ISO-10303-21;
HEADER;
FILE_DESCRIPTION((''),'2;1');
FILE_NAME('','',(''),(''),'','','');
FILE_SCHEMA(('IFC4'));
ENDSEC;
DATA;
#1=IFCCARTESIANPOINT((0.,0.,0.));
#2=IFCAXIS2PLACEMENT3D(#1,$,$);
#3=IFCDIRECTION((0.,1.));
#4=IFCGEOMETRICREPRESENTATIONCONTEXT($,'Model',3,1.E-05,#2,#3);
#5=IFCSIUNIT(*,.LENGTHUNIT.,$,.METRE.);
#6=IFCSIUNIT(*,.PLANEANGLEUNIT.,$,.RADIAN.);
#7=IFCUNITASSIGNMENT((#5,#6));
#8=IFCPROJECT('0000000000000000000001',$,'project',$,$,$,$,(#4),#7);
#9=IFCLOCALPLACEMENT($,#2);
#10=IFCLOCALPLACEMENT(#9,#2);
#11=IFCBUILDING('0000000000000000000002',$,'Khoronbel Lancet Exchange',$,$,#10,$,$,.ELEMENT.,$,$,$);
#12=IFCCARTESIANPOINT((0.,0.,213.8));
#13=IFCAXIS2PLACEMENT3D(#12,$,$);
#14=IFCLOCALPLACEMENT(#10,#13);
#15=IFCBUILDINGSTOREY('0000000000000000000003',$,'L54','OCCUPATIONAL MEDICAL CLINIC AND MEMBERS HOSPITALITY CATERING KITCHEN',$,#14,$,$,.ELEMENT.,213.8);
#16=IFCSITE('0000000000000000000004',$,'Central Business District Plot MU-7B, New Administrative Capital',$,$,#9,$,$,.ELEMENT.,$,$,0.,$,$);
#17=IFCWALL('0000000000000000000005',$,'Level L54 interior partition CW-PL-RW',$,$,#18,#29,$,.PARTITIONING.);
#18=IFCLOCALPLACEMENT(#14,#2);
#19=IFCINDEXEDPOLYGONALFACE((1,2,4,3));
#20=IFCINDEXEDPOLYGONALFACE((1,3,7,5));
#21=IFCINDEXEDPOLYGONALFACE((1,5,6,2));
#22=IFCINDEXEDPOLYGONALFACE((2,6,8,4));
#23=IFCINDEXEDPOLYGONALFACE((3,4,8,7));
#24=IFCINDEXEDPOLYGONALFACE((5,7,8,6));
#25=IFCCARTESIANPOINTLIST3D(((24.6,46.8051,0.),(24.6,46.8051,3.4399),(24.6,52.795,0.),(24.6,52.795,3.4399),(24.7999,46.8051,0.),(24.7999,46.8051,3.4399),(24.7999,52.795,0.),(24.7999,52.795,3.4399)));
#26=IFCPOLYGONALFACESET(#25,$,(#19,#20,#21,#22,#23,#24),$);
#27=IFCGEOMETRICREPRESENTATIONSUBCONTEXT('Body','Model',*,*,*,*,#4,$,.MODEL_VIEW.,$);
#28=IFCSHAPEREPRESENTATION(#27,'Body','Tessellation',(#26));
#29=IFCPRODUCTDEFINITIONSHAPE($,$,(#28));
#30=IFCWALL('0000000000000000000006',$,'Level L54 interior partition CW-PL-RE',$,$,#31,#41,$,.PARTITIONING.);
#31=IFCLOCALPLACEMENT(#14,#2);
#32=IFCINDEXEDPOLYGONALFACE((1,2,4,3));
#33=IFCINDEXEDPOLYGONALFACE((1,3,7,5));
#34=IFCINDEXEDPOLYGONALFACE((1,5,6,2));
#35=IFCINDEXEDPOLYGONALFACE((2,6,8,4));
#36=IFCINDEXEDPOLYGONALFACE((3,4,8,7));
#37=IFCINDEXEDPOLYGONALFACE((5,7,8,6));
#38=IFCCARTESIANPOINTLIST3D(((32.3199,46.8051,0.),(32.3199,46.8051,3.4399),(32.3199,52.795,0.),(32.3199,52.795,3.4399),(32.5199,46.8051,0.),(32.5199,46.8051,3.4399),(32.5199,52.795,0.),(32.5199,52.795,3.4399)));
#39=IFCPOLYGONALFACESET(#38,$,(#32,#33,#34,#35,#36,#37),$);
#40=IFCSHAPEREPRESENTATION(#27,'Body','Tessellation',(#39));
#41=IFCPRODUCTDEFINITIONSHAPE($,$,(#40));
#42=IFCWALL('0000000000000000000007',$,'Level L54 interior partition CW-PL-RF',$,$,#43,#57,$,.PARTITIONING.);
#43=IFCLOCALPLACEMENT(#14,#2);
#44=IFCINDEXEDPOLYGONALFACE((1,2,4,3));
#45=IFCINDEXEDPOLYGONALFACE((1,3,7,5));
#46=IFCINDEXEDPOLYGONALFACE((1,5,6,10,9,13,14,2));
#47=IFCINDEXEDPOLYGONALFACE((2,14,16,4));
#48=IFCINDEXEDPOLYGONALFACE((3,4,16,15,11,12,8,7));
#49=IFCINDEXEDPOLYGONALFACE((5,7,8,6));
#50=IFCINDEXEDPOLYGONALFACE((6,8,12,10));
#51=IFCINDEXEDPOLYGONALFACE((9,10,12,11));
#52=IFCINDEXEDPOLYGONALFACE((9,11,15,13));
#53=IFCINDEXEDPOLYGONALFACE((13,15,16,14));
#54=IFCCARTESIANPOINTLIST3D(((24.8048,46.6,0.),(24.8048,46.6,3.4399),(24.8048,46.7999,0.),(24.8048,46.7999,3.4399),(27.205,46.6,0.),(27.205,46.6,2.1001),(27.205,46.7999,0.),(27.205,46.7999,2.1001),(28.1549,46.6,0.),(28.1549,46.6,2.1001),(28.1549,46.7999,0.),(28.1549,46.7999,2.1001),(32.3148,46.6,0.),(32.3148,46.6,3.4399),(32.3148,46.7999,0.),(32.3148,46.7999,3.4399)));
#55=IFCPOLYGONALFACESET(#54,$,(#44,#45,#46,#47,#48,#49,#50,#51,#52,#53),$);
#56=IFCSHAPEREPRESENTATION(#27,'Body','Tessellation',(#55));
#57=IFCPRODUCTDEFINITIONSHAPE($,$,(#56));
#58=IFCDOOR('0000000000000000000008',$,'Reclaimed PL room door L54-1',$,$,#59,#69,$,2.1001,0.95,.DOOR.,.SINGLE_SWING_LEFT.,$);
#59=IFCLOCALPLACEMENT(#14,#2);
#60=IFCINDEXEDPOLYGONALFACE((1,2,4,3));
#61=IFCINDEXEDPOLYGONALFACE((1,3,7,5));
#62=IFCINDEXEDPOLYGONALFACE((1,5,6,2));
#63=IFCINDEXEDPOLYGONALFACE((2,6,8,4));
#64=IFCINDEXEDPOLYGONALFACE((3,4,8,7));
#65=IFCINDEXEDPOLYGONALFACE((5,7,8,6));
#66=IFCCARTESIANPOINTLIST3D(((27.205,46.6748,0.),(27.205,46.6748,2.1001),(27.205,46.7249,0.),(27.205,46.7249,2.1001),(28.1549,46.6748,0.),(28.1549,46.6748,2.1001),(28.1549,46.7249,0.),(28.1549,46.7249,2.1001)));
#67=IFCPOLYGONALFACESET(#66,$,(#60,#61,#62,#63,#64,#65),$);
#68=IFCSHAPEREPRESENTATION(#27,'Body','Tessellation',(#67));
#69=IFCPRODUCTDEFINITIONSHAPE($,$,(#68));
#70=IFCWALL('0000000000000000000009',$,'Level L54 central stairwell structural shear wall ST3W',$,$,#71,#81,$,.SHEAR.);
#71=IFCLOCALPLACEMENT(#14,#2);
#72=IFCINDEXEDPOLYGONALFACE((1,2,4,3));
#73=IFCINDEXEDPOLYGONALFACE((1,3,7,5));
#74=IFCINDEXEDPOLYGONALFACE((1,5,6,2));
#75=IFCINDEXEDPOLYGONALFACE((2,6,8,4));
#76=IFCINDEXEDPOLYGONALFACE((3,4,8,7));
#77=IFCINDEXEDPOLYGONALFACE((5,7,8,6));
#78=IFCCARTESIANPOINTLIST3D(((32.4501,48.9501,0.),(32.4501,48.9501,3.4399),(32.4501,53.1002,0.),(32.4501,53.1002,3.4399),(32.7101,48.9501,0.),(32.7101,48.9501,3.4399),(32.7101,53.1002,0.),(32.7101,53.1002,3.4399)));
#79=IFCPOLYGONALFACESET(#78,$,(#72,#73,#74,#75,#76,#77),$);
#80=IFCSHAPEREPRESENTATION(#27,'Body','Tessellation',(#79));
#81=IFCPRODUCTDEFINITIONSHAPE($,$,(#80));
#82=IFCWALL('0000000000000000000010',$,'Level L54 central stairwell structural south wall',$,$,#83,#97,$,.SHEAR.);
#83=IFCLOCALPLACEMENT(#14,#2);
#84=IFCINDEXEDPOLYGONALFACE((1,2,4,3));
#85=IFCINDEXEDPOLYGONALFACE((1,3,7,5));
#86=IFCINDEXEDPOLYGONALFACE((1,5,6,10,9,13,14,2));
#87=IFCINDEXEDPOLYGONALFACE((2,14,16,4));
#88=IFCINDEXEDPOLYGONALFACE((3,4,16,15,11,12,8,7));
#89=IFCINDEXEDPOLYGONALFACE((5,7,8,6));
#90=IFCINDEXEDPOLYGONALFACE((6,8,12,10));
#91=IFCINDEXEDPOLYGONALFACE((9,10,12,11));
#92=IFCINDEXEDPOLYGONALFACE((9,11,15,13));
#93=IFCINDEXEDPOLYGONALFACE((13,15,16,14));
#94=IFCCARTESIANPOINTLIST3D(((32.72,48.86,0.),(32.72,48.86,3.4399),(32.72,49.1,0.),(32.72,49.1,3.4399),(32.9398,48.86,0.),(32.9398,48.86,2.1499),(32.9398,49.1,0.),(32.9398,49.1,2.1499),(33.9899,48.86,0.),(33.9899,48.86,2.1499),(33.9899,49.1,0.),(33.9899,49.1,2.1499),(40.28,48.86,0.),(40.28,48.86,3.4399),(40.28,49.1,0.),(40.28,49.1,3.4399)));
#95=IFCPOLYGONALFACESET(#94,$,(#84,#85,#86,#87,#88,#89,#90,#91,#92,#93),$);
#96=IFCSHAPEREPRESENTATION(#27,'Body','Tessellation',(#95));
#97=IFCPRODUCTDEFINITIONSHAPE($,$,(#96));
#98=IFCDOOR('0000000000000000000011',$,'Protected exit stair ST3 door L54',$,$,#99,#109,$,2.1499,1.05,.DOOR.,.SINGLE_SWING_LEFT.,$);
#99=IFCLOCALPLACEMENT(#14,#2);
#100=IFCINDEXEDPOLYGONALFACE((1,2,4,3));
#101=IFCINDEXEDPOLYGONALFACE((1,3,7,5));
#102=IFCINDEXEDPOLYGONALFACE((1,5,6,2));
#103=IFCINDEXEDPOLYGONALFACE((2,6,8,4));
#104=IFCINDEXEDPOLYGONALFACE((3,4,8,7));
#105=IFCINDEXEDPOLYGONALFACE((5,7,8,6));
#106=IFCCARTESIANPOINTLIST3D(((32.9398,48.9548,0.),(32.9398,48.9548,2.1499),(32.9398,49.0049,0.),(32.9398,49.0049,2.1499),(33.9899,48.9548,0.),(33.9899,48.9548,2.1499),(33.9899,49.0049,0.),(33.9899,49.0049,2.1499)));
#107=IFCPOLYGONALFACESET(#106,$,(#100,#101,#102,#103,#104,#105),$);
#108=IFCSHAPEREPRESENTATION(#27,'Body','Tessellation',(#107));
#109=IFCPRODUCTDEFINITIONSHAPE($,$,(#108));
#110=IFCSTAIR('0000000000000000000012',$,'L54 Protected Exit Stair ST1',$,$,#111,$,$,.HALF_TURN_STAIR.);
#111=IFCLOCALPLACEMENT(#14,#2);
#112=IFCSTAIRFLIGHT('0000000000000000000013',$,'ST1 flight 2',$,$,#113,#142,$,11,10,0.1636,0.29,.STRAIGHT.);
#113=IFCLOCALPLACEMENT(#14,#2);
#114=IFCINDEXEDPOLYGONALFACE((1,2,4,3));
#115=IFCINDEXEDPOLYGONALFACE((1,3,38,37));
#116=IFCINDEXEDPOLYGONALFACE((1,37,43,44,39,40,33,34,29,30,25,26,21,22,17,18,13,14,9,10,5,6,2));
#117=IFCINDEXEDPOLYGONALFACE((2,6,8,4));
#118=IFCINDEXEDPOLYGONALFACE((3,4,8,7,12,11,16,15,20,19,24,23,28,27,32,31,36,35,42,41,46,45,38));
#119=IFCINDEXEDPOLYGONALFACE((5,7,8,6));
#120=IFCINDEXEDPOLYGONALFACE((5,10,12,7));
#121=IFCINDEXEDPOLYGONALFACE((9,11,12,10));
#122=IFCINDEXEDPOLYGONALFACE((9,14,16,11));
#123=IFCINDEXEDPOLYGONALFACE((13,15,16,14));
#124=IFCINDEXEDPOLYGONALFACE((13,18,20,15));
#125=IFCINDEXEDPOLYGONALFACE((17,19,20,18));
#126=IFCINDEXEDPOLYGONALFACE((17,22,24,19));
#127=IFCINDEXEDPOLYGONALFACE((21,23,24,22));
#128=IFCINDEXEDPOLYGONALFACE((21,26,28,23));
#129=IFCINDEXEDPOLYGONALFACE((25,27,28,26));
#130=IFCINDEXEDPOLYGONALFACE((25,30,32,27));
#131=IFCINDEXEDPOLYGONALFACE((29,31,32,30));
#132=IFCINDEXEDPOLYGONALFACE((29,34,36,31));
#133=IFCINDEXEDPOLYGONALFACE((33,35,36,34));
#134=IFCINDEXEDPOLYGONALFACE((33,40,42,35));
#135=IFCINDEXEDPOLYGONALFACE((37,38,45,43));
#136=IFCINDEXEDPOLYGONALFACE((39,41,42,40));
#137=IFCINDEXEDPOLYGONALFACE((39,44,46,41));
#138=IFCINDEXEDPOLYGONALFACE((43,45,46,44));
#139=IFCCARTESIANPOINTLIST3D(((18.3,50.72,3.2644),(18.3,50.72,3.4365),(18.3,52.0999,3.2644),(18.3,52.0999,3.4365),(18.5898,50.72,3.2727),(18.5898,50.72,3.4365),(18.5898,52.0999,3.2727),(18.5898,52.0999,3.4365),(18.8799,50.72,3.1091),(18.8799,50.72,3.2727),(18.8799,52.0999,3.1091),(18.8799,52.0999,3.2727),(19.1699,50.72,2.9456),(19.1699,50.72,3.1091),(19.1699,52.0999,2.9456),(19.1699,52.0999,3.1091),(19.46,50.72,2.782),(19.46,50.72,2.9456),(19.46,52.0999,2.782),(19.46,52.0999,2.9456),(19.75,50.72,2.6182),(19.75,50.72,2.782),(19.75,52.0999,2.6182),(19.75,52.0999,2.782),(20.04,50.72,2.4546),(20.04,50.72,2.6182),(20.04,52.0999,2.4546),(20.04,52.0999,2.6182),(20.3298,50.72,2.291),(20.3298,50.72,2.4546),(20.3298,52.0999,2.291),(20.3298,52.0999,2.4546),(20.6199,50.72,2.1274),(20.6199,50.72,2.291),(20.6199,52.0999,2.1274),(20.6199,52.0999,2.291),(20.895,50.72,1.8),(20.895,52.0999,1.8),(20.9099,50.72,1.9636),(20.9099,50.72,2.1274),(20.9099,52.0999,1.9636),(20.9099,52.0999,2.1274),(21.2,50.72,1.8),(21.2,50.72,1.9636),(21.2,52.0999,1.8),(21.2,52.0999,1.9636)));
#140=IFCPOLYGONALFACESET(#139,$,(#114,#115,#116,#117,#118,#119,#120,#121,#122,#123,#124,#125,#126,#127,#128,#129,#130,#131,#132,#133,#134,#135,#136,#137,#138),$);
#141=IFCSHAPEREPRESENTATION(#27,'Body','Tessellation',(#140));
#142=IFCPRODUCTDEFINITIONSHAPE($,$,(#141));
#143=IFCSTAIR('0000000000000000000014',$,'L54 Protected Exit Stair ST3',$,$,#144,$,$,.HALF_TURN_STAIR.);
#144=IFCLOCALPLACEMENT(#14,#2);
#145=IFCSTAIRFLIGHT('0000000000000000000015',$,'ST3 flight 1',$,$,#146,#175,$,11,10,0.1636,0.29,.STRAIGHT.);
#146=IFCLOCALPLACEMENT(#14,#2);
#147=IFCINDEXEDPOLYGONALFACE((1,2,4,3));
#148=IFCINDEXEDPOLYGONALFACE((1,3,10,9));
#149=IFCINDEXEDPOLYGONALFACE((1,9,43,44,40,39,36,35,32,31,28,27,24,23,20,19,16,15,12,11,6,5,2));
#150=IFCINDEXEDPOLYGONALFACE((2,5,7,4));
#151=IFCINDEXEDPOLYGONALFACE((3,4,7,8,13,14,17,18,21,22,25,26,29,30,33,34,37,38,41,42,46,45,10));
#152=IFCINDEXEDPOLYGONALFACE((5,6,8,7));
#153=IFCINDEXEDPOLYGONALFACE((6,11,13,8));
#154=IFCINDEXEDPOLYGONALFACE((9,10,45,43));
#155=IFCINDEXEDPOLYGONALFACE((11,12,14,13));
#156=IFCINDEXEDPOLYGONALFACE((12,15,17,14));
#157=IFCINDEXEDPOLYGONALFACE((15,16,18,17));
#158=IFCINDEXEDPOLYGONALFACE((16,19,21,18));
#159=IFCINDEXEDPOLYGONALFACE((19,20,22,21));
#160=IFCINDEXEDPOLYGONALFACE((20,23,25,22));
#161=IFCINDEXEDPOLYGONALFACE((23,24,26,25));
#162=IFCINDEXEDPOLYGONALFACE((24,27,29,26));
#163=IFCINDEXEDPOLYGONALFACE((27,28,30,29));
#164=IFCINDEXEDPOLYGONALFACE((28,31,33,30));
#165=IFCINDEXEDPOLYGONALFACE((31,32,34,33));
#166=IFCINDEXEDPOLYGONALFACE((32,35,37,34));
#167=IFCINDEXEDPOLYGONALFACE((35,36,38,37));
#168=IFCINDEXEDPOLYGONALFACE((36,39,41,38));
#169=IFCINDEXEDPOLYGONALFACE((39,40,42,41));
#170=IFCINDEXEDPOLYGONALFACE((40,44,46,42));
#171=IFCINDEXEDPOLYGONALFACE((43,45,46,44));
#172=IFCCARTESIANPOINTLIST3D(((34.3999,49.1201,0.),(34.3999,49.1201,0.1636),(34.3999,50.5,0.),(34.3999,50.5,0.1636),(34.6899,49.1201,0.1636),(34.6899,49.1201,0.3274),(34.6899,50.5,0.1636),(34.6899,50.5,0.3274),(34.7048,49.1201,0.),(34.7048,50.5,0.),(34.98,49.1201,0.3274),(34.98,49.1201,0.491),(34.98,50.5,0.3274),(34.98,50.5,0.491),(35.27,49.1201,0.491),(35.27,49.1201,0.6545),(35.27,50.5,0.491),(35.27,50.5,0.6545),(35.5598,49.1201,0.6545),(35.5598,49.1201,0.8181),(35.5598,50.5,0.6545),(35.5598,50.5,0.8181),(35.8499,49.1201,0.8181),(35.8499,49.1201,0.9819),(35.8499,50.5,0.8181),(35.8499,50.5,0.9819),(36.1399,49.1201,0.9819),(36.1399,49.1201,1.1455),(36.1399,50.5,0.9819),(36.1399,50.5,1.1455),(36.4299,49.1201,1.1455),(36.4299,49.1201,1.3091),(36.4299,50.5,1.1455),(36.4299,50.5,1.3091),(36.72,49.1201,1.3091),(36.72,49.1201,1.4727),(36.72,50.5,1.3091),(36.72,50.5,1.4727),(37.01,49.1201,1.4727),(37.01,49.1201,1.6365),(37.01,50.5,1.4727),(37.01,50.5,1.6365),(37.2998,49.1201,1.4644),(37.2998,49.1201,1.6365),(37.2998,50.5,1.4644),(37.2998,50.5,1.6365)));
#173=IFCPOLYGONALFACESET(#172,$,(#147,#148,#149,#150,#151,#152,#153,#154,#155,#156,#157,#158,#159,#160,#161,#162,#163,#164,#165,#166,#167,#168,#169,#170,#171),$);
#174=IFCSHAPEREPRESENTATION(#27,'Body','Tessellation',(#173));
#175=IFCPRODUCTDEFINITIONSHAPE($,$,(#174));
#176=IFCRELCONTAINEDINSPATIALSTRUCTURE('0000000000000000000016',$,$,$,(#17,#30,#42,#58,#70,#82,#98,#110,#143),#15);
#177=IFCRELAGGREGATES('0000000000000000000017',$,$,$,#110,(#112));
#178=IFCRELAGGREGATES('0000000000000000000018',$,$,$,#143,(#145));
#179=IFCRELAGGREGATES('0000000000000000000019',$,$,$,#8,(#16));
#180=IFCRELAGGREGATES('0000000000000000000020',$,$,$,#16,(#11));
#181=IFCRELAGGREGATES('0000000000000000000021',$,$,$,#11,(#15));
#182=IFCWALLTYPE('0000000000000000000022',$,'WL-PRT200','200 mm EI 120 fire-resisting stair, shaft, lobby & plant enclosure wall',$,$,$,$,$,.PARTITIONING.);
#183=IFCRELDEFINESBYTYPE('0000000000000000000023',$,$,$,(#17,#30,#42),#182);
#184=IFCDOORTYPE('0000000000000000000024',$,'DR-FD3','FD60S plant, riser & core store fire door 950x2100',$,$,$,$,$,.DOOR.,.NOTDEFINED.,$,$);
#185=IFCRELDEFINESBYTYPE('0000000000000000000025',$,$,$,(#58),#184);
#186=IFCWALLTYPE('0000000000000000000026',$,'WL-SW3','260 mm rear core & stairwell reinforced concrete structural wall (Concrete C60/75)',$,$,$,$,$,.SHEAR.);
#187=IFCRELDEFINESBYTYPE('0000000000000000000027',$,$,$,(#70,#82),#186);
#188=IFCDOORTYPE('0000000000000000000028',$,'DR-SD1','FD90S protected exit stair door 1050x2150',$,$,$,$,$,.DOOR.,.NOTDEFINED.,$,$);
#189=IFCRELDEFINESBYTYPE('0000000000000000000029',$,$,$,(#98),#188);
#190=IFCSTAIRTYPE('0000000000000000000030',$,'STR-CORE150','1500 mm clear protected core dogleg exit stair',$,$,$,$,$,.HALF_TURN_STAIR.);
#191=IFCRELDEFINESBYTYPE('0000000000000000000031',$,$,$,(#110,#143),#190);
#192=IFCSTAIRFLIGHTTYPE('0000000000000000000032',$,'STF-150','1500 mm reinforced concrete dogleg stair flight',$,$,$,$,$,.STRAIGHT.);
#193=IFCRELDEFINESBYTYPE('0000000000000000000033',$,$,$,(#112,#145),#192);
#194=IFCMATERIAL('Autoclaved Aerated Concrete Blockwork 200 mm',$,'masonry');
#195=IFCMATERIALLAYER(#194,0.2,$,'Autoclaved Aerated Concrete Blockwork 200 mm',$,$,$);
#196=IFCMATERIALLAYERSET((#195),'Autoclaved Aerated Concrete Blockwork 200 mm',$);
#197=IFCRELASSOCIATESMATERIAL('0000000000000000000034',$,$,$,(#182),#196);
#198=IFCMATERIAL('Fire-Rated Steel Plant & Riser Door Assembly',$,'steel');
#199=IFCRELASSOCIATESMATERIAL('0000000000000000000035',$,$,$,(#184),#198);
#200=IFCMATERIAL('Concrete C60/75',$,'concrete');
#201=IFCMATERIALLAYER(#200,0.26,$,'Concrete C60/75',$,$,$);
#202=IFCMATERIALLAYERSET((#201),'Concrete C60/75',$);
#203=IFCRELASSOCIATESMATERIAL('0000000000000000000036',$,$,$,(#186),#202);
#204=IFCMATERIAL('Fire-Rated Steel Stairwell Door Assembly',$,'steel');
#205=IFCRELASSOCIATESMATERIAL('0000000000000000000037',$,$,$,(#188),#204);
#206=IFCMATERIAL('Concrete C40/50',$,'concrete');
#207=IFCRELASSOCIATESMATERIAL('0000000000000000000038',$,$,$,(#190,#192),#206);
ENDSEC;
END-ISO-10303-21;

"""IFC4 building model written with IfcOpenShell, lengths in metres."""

from ifc_helpers import new_model, si_unit, direction, frame, frame_2d, origin, place, context, subcontext, project, spatial, polyline, rectangle, outline, extrude, material, layer, layer_set, type_object, element, fill, aggregate, save


model = new_model("IFC4")

# Units and contexts
model_context = context("Model", 3, precision=1e-05, world=origin(), true_north=direction((0.0, 1.0)))
body_context = subcontext(model_context, "Body", "Model", "MODEL_VIEW")
ifc_project = project(units=[si_unit("LENGTHUNIT", "METRE"), si_unit("PLANEANGLEUNIT", "RADIAN")], contexts=[model_context])

# Site, building, storey
site_placement = place(None, origin())
site = spatial("IfcSite", under=ifc_project, at=site_placement, Name="Central Business District Plot MU-7B, New Administrative Capital", CompositionType="ELEMENT", RefElevation=0.0)
building_placement = place(site_placement, origin())
building = spatial("IfcBuilding", under=site, at=building_placement, Name="Khoronbel Lancet Exchange", CompositionType="ELEMENT")
storey_placement = place(building_placement, frame((0.0, 0.0, 213.8)))
storey = spatial("IfcBuildingStorey", under=building, at=storey_placement, Name="L54", Description="OCCUPATIONAL MEDICAL CLINIC AND MEMBERS HOSPITALITY CATERING KITCHEN", CompositionType="ELEMENT", Elevation=213.8)

# Shared definitions
ifc_material_1 = material(Name="Autoclaved Aerated Concrete Blockwork 200 mm", Category="masonry")
ifc_layer_1 = layer(ifc_material_1, 0.2, Name="Autoclaved Aerated Concrete Blockwork 200 mm")
ifc_layer_set_1 = layer_set([ifc_layer_1], Name="Autoclaved Aerated Concrete Blockwork 200 mm")
wall_type_1 = type_object("IfcWallType", Name="WL-PRT200", Description="200 mm EI 120 fire-resisting stair, shaft, lobby & plant enclosure wall", PredefinedType="PARTITIONING", material=ifc_layer_set_1)

# Walls
for number, where, z_axis, x_axis, name in (
    (1, (24.7, 46.8049, 0.0), (0.0, 0.0, 1.0), (0.0, 1.0, 0.0), "Level L54 interior partition CW-PL-RW"),
    (2, (32.4199, 46.8049, 0.0), (0.0, 0.0, 1.0), (0.0, 1.0, 0.0), "Level L54 interior partition CW-PL-RE"),
):
    element("IfcWall", number, at=place(storey_placement, frame(where, z_axis=z_axis, x_axis=x_axis)), inside=storey, type_object=wall_type_1, Name=name, PredefinedType="PARTITIONING", context=body_context, shape_type="SweptSolid", body=[
        extrude(rectangle(XDim=5.99, YDim=0.2, at=frame_2d((2.9951, 0.0))), origin(), (0.0, 0.0, 1.0), 3.4399),
    ])

# Wall, opening, door
wall_1_placement = place(storey_placement, frame((24.8049, 46.7, 0.0), z_axis=(0.0, 0.0, 1.0), x_axis=(1.0, 0.0, 0.0)))
wall_1 = element("IfcWall", 3, at=wall_1_placement, inside=storey, type_object=wall_type_1, Name="Level L54 interior partition CW-PL-RF", PredefinedType="PARTITIONING", context=body_context, shape_type="SweptSolid", body=[
    extrude(rectangle(XDim=7.51, YDim=0.2, at=frame_2d((3.7549, 0.0))), origin(), (0.0, 0.0, 1.0), 3.4399),
])
opening_1_placement = place(wall_1_placement, frame((2.3999, 0.0, 0.0)))
opening_1 = element("IfcOpeningElement", 4, at=opening_1_placement, cuts=wall_1, PredefinedType="OPENING", context=body_context, shape_type="SweptSolid", body=[
    extrude(rectangle(XDim=0.95, YDim=2.1001, at=frame_2d((0.4751, 1.05))), frame((0.0, 0.1099, 0.0), z_axis=(0.0, -1.0, 0.0), x_axis=(1.0, 0.0, 0.0)), (0.0, 0.0, 1.0), 0.22),
])
ifc_material_2 = material(Name="Fire-Rated Steel Plant & Riser Door Assembly", Category="steel")
door_type_1 = type_object("IfcDoorType", Name="DR-FD3", Description="FD60S plant, riser & core store fire door 950x2100", OperationType="NOTDEFINED", PredefinedType="DOOR", material=ifc_material_2)
door_1_placement = place(opening_1_placement, origin())
door_1 = element("IfcDoor", 5, at=door_1_placement, inside=storey, type_object=door_type_1, Name="Reclaimed PL room door L54-1", OperationType="SINGLE_SWING_LEFT", OverallHeight=2.1001, OverallWidth=0.95, PredefinedType="DOOR", context=body_context, shape_type="SweptSolid", body=[
    extrude(rectangle(XDim=0.95, YDim=2.1001, at=frame_2d((0.4751, 1.05))), frame((0.0, 0.0249, 0.0), z_axis=(0.0, -1.0, 0.0), x_axis=(1.0, 0.0, 0.0)), (0.0, 0.0, 1.0), 0.05),
])
fill(opening_1, door_1)

# Wall
ifc_material_3 = material(Name="Concrete C60/75", Category="concrete")
ifc_layer_2 = layer(ifc_material_3, 0.26, Name="Concrete C60/75")
ifc_layer_set_2 = layer_set([ifc_layer_2], Name="Concrete C60/75")
wall_type_2 = type_object("IfcWallType", Name="WL-SW3", Description="260 mm rear core & stairwell reinforced concrete structural wall (Concrete C60/75)", PredefinedType="SHEAR", material=ifc_layer_set_2)
wall_2_placement = place(storey_placement, frame((32.5801, 48.95, 0.0), z_axis=(0.0, 0.0, 1.0), x_axis=(0.0, 1.0, 0.0)))
element("IfcWall", 6, at=wall_2_placement, inside=storey, type_object=wall_type_2, Name="Level L54 central stairwell structural shear wall ST3W", PredefinedType="SHEAR", context=body_context, shape_type="SweptSolid", body=[
    extrude(rectangle(XDim=4.1501, YDim=0.26, at=frame_2d((2.0752, 0.0))), origin(), (0.0, 0.0, 1.0), 3.4399),
])

# Wall, opening, door
wall_3_placement = place(storey_placement, frame((32.72, 48.98, 0.0), z_axis=(0.0, 0.0, 1.0), x_axis=(1.0, 0.0, 0.0)))
wall_3 = element("IfcWall", 7, at=wall_3_placement, inside=storey, type_object=wall_type_2, Name="Level L54 central stairwell structural south wall", PredefinedType="SHEAR", context=body_context, shape_type="SweptSolid", body=[
    extrude(rectangle(XDim=7.5601, YDim=0.24, at=frame_2d((3.78, 0.0))), origin(), (0.0, 0.0, 1.0), 3.4399),
])
opening_2_placement = place(wall_3_placement, frame((0.22, 0.0, 0.0)))
opening_2 = element("IfcOpeningElement", 8, at=opening_2_placement, cuts=wall_3, PredefinedType="OPENING", context=body_context, shape_type="SweptSolid", body=[
    extrude(rectangle(XDim=1.05, YDim=2.1499, at=frame_2d((0.5249, 1.075))), frame((0.0, 0.1299, 0.0), z_axis=(0.0, -1.0, 0.0), x_axis=(1.0, 0.0, 0.0)), (0.0, 0.0, 1.0), 0.26),
])
ifc_material_4 = material(Name="Fire-Rated Steel Stairwell Door Assembly", Category="steel")
door_type_2 = type_object("IfcDoorType", Name="DR-SD1", Description="FD90S protected exit stair door 1050x2150", OperationType="NOTDEFINED", PredefinedType="DOOR", material=ifc_material_4)
door_2_placement = place(opening_2_placement, origin())
door_2 = element("IfcDoor", 9, at=door_2_placement, inside=storey, type_object=door_type_2, Name="Protected exit stair ST3 door L54", OperationType="SINGLE_SWING_LEFT", OverallHeight=2.1499, OverallWidth=1.05, PredefinedType="DOOR", context=body_context, shape_type="SweptSolid", body=[
    extrude(rectangle(XDim=1.05, YDim=2.1499, at=frame_2d((0.5249, 1.075))), frame((0.0, 0.0249, 0.0), z_axis=(0.0, -1.0, 0.0), x_axis=(1.0, 0.0, 0.0)), (0.0, 0.0, 1.0), 0.05),
])
fill(opening_2, door_2)

# Stairs, stair flights
ifc_material_5 = material(Name="Concrete C40/50", Category="concrete")
stair_type = type_object("IfcStairType", Name="STR-CORE150", Description="1500 mm clear protected core dogleg exit stair", PredefinedType="HALF_TURN_STAIR", material=ifc_material_5)
stair_1_placement = place(storey_placement, origin())
stair_1 = element("IfcStair", 10, at=stair_1_placement, inside=storey, type_object=stair_type, Name="L54 Protected Exit Stair ST1", PredefinedType="HALF_TURN_STAIR")
stair_flight_type = type_object("IfcStairFlightType", Name="STF-150", Description="1500 mm reinforced concrete dogleg stair flight", PredefinedType="STRAIGHT", material=ifc_material_5)
stair_flight_1_placement = place(storey_placement, frame((21.2, 51.4099, 1.8), z_axis=(0.0, 0.0, 1.0), x_axis=(-1.0, 0.0, 0.0)))
stair_flight_1 = element("IfcStairFlight", 11, at=stair_flight_1_placement, type_object=stair_flight_type, Name="ST1 flight 2", NumberOfRisers=11, NumberOfTreads=10, PredefinedType="STRAIGHT", RiserHeight=0.1636, TreadLength=0.29, context=body_context, shape_type="SweptSolid", body=[
    extrude(outline(polyline([(0.0, 0.0), (0.0, 0.1636), (0.29, 0.1636), (0.29, 0.3274), (0.5801, 0.3274), (0.5801, 0.491), (0.8701, 0.491), (0.8701, 0.6545), (1.1599, 0.6545), (1.1599, 0.8181), (1.45, 0.8181), (1.45, 0.9819), (1.74, 0.9819), (1.74, 1.1455), (2.03, 1.1455), (2.03, 1.3091), (2.3201, 1.3091), (2.3201, 1.4727), (2.6101, 1.4727), (2.6101, 1.6365), (2.8999, 1.6365), (2.8999, 1.8), (2.8999, 1.4644), (0.3049, 0.0), (0.0, 0.0)])), frame((0.0, 0.6899, 0.0), z_axis=(0.0, -1.0, 0.0), x_axis=(1.0, 0.0, 0.0)), (0.0, 0.0, 1.0), 1.3799),
])
aggregate(stair_1, [stair_flight_1])
stair_2_placement = place(storey_placement, origin())
stair_2 = element("IfcStair", 12, at=stair_2_placement, inside=storey, type_object=stair_type, Name="L54 Protected Exit Stair ST3", PredefinedType="HALF_TURN_STAIR")
stair_flight_2_placement = place(storey_placement, frame((34.3999, 49.8101, 0.0), z_axis=(0.0, 0.0, 1.0), x_axis=(1.0, 0.0, 0.0)))
stair_flight_2 = element("IfcStairFlight", 13, at=stair_flight_2_placement, type_object=stair_flight_type, Name="ST3 flight 1", NumberOfRisers=11, NumberOfTreads=10, PredefinedType="STRAIGHT", RiserHeight=0.1636, TreadLength=0.29, context=body_context, shape_type="SweptSolid", body=[
    extrude(outline(polyline([(0.0, 0.0), (0.0, 0.1636), (0.29, 0.1636), (0.29, 0.3274), (0.5801, 0.3274), (0.5801, 0.491), (0.8701, 0.491), (0.8701, 0.6545), (1.1599, 0.6545), (1.1599, 0.8181), (1.45, 0.8181), (1.45, 0.9819), (1.74, 0.9819), (1.74, 1.1455), (2.03, 1.1455), (2.03, 1.3091), (2.3201, 1.3091), (2.3201, 1.4727), (2.6101, 1.4727), (2.6101, 1.6365), (2.8999, 1.6365), (2.8999, 1.8), (2.8999, 1.4644), (0.3049, 0.0), (0.0, 0.0)])), frame((0.0, 0.6899, 0.0), z_axis=(0.0, -1.0, 0.0), x_axis=(1.0, 0.0, 0.0)), (0.0, 0.0, 1.0), 1.3799),
])
aggregate(stair_2, [stair_flight_2])

save(model, "model.ifc")
